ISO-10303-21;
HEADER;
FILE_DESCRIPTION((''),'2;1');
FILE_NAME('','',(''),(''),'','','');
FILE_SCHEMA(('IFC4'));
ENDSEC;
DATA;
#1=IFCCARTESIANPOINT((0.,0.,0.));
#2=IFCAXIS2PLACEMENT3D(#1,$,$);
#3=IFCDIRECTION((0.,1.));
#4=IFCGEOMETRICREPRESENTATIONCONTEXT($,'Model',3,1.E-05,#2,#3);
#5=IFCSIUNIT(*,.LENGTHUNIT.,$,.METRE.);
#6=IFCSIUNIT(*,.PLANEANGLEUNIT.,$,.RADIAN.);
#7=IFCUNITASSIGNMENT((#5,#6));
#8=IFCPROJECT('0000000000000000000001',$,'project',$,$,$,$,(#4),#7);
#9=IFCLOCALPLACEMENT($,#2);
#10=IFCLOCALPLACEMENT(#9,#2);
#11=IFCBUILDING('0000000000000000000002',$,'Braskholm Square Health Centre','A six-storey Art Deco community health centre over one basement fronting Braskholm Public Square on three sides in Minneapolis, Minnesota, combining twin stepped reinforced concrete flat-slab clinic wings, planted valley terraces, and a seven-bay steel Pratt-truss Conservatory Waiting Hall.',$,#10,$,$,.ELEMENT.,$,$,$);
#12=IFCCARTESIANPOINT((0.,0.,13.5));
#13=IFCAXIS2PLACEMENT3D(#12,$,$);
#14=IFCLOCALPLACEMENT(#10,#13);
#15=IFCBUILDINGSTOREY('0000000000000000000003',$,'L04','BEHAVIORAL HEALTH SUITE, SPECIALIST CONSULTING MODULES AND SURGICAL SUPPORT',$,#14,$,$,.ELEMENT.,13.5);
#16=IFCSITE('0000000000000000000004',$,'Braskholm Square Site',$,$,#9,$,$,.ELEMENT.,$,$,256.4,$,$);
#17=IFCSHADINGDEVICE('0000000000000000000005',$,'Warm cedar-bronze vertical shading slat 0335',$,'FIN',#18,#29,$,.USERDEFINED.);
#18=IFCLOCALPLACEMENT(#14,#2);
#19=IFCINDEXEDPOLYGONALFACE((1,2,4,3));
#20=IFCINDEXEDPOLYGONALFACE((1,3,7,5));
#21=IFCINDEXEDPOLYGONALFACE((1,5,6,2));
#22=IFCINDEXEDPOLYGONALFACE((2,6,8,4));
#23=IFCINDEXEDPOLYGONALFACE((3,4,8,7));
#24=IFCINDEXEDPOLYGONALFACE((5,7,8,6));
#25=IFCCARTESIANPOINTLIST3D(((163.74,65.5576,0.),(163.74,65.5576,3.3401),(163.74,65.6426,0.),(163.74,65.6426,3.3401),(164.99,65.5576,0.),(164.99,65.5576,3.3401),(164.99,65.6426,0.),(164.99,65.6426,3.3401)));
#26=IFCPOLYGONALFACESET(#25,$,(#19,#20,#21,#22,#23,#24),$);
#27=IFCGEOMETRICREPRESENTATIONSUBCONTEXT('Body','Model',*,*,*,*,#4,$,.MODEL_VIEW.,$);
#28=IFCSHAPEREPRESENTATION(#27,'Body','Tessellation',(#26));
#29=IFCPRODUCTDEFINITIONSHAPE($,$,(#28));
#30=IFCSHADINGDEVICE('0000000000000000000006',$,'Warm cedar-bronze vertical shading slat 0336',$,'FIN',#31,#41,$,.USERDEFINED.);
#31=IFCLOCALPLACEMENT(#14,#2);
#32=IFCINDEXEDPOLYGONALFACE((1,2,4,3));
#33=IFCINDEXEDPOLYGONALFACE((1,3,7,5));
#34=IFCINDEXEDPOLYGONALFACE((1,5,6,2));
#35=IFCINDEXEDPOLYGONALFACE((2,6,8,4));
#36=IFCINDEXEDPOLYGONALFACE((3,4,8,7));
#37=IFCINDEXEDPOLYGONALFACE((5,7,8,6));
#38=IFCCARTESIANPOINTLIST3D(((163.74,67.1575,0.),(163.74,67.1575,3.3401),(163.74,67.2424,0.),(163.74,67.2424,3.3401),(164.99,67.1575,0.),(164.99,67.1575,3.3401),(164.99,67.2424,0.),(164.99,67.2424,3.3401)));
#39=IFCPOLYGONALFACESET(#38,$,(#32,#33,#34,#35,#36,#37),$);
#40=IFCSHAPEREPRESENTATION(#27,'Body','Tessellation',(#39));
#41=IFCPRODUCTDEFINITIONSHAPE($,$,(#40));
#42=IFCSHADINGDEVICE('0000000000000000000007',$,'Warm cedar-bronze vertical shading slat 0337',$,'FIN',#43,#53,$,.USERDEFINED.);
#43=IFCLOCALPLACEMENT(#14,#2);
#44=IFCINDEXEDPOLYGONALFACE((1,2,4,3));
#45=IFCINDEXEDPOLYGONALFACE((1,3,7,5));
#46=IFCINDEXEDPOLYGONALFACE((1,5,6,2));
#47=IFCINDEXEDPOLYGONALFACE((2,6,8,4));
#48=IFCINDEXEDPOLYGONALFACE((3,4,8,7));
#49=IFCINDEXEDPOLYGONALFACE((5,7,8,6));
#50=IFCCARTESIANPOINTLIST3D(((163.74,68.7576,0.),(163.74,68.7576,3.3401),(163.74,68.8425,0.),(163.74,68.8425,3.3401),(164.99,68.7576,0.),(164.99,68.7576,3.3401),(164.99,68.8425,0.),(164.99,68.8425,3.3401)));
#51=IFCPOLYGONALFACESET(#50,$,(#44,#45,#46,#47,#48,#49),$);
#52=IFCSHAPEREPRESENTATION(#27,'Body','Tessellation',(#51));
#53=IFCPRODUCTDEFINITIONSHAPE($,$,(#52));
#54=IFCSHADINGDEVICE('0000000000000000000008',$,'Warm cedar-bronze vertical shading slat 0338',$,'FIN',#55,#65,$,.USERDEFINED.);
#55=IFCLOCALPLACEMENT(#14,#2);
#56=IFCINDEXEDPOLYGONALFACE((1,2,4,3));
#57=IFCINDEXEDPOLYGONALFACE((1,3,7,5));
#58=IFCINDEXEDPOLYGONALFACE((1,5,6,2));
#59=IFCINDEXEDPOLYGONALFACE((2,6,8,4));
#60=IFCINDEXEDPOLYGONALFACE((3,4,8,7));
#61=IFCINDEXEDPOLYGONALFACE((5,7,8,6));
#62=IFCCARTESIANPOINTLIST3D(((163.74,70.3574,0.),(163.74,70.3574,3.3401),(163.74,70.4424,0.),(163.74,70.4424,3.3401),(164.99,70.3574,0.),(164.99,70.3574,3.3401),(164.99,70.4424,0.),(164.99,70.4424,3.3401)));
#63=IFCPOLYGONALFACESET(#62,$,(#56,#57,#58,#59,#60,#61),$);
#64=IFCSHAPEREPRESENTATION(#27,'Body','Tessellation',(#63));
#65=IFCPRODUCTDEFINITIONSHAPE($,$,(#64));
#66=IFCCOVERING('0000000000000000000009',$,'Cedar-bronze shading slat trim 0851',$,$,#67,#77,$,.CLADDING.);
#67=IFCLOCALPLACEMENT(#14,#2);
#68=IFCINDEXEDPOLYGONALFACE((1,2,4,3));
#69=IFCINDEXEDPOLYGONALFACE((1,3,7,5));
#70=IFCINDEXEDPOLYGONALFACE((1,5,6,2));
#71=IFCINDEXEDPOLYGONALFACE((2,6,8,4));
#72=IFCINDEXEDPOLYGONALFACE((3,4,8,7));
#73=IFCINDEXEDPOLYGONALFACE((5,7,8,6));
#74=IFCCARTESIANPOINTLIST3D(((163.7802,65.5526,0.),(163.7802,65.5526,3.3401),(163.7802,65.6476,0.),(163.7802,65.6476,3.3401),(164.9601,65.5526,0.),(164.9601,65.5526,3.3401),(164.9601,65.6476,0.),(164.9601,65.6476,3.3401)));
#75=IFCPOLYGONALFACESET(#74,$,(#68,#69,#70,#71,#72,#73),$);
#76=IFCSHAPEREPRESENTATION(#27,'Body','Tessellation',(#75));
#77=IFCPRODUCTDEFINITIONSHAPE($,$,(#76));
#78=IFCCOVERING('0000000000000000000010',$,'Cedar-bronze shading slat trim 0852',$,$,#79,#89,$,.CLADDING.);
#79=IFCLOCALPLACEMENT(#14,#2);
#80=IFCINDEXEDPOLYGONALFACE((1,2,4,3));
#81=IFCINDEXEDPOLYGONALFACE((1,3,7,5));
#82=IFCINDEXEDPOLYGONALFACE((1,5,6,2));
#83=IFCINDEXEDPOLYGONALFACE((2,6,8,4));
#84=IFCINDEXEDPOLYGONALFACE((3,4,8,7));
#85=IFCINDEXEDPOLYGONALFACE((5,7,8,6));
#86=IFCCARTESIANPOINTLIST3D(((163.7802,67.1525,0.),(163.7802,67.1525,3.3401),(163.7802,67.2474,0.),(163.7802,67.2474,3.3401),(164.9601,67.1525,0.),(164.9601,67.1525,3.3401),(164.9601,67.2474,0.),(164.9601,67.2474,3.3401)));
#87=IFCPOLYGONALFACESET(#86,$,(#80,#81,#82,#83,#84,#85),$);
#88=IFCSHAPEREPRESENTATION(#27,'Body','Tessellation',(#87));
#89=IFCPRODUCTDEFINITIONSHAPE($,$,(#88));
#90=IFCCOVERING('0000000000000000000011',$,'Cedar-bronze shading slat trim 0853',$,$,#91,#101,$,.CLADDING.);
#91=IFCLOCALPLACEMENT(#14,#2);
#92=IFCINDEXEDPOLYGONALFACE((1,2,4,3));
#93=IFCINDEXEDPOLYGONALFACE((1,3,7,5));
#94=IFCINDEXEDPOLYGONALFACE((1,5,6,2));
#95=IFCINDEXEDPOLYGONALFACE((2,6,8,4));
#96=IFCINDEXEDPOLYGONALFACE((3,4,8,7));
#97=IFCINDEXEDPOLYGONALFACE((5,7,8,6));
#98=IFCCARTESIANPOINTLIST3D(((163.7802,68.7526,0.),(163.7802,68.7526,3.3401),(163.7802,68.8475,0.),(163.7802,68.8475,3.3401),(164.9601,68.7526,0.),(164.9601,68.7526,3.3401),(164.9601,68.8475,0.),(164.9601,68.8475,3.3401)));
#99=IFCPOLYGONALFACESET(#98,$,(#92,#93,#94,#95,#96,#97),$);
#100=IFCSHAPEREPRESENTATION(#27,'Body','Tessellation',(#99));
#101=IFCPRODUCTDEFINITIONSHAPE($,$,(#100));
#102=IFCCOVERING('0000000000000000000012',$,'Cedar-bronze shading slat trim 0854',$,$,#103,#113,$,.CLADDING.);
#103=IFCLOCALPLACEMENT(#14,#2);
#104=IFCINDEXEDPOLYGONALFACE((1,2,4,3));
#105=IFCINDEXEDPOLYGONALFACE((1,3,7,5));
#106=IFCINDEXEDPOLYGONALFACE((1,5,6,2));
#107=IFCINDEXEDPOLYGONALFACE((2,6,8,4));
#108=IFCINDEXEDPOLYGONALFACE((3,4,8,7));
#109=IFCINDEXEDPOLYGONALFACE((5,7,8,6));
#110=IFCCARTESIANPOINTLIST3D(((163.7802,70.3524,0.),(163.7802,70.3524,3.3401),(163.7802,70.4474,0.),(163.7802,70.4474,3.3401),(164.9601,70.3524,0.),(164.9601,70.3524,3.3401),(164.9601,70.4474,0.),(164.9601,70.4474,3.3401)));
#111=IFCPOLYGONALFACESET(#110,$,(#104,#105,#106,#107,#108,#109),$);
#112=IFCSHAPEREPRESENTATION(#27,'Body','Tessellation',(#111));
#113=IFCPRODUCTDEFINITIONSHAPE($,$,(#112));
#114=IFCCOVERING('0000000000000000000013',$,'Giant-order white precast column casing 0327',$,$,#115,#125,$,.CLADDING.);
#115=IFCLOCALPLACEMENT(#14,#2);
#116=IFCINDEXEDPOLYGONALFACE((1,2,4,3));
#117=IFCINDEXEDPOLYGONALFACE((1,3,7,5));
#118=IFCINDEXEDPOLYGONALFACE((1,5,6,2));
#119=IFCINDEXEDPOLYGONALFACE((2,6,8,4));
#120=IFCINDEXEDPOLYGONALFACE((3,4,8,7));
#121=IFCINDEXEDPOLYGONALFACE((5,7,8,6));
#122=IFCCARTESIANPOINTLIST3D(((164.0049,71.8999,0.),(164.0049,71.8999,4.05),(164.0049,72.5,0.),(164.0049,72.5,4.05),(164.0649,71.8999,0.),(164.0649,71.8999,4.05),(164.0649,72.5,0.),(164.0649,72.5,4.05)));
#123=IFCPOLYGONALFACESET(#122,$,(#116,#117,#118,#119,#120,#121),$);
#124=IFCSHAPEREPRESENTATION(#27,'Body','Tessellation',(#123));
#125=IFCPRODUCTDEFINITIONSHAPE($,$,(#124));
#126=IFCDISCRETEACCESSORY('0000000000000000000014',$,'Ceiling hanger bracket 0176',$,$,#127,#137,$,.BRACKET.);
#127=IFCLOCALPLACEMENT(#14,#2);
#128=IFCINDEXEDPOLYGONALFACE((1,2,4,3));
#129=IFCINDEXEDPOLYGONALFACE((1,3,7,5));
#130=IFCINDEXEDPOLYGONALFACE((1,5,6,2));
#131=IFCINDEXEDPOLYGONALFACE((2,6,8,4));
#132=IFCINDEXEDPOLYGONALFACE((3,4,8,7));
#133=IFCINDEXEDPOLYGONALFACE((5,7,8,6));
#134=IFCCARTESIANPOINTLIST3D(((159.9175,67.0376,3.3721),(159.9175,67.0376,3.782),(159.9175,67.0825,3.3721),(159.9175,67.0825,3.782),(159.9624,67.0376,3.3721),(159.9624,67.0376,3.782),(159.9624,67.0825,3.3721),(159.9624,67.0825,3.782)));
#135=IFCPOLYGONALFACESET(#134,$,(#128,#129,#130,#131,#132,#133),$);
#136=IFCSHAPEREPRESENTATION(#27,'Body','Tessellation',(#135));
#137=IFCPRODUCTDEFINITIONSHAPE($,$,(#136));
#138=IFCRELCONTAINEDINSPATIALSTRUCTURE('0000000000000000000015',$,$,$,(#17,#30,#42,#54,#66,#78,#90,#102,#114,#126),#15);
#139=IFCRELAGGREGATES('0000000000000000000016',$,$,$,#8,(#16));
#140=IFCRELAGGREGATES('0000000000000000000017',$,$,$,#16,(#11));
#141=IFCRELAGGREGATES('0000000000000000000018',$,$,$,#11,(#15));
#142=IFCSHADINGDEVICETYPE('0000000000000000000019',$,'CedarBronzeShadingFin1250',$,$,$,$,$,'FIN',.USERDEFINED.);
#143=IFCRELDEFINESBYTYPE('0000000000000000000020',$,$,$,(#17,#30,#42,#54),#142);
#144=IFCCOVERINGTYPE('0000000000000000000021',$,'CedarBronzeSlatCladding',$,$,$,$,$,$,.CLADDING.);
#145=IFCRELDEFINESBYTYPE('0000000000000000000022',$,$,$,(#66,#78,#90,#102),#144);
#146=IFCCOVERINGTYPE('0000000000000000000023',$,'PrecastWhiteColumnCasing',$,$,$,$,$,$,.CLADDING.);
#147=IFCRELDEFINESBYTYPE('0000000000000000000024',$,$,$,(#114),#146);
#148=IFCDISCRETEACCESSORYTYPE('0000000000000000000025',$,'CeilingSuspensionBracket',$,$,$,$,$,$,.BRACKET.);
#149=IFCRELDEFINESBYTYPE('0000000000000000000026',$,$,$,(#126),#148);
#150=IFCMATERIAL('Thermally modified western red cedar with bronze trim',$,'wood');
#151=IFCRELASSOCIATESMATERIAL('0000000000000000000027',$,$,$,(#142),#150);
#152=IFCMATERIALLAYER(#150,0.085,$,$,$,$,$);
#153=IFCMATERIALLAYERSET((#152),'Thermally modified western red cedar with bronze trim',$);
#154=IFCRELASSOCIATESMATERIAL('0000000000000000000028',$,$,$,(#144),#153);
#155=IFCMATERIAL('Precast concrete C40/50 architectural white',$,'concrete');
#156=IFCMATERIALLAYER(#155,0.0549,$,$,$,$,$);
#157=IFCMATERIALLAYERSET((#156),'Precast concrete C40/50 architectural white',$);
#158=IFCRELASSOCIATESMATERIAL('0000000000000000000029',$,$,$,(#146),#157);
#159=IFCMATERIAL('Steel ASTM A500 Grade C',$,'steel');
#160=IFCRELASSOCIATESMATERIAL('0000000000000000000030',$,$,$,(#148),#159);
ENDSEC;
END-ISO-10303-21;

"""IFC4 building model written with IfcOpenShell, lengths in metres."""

from ifc_helpers import new_model, si_unit, direction, frame, origin, origin_2d, place, context, subcontext, project, spatial, rectangle, extrude, material, layer, layer_set, type_object, element, save


model = new_model("IFC4")

# Units and contexts
model_context = context("Model", 3, precision=1e-05, world=origin(), true_north=direction((0.0, 1.0)))
body_context = subcontext(model_context, "Body", "Model", "MODEL_VIEW")
ifc_project = project(units=[si_unit("LENGTHUNIT", "METRE"), si_unit("PLANEANGLEUNIT", "RADIAN")], contexts=[model_context])

# Site, building, storey
site_placement = place(None, origin())
site = spatial("IfcSite", under=ifc_project, at=site_placement, Name="Braskholm Square Site", CompositionType="ELEMENT", RefElevation=256.4)
building_placement = place(site_placement, origin())
building = spatial("IfcBuilding", under=site, at=building_placement, Name="Braskholm Square Health Centre", Description="A six-storey Art Deco community health centre over one basement fronting Braskholm Public Square on three sides in Minneapolis, Minnesota, combining twin stepped reinforced concrete flat-slab clinic wings, planted valley terraces, and a seven-bay steel Pratt-truss Conservatory Waiting Hall.", CompositionType="ELEMENT")
storey_placement = place(building_placement, frame((0.0, 0.0, 13.5)))
storey = spatial("IfcBuildingStorey", under=building, at=storey_placement, Name="L04", Description="BEHAVIORAL HEALTH SUITE, SPECIALIST CONSULTING MODULES AND SURGICAL SUPPORT", CompositionType="ELEMENT", Elevation=13.5)

# Shared definitions
ifc_material_1 = material(Name="Precast concrete C40/50 architectural white", Category="concrete")

# Shading devices
ifc_material_2 = material(Name="Thermally modified western red cedar with bronze trim", Category="wood")
shading_device_type = type_object("IfcShadingDeviceType", Name="CedarBronzeShadingFin1250", ElementType="FIN", PredefinedType="USERDEFINED", material=ifc_material_2)
for number, where, z_axis, x_axis, name in (
    (1, (164.365, 65.6001, 0.0), (0.0, 0.0, 1.0), (1.0, 0.0, 0.0), "Warm cedar-bronze vertical shading slat 0335"),
    (2, (164.365, 67.2, 0.0), (0.0, 0.0, 1.0), (1.0, 0.0, 0.0), "Warm cedar-bronze vertical shading slat 0336"),
    (3, (164.365, 68.8, 0.0), (0.0, 0.0, 1.0), (1.0, 0.0, 0.0), "Warm cedar-bronze vertical shading slat 0337"),
    (4, (164.365, 70.3999, 0.0), (0.0, 0.0, 1.0), (1.0, 0.0, 0.0), "Warm cedar-bronze vertical shading slat 0338"),
):
    element("IfcShadingDevice", number, at=place(storey_placement, frame(where, z_axis=z_axis, x_axis=x_axis)), inside=storey, type_object=shading_device_type, Name=name, ObjectType="FIN", PredefinedType="USERDEFINED", context=body_context, shape_type="SweptSolid", body=[
        extrude(rectangle(XDim=1.25, YDim=0.085, at=origin_2d()), origin(), (0.0, 0.0, 1.0), 3.3401),
    ])

# Coverings
ifc_layer_1 = layer(ifc_material_2, 0.085)
ifc_layer_set_1 = layer_set([ifc_layer_1], Name="Thermally modified western red cedar with bronze trim")
covering_type_1 = type_object("IfcCoveringType", Name="CedarBronzeSlatCladding", PredefinedType="CLADDING", material=ifc_layer_set_1)
for number, where, z_axis, x_axis, name in (
    (5, (164.3701, 65.6001, 0.0), (0.0, 0.0, 1.0), (1.0, 0.0, 0.0), "Cedar-bronze shading slat trim 0851"),
    (6, (164.3701, 67.2, 0.0), (0.0, 0.0, 1.0), (1.0, 0.0, 0.0), "Cedar-bronze shading slat trim 0852"),
    (7, (164.3701, 68.8, 0.0), (0.0, 0.0, 1.0), (1.0, 0.0, 0.0), "Cedar-bronze shading slat trim 0853"),
    (8, (164.3701, 70.3999, 0.0), (0.0, 0.0, 1.0), (1.0, 0.0, 0.0), "Cedar-bronze shading slat trim 0854"),
):
    element("IfcCovering", number, at=place(storey_placement, frame(where, z_axis=z_axis, x_axis=x_axis)), inside=storey, type_object=covering_type_1, Name=name, PredefinedType="CLADDING", context=body_context, shape_type="SweptSolid", body=[
        extrude(rectangle(XDim=1.1799, YDim=0.095, at=origin_2d()), origin(), (0.0, 0.0, 1.0), 3.3401),
    ])
ifc_layer_2 = layer(ifc_material_1, 0.0549)
ifc_layer_set_2 = layer_set([ifc_layer_2], Name="Precast concrete C40/50 architectural white")
covering_type_2 = type_object("IfcCoveringType", Name="PrecastWhiteColumnCasing", PredefinedType="CLADDING", material=ifc_layer_set_2)
covering_placement = place(storey_placement, frame((164.0349, 72.2, 0.0), z_axis=(0.0, 0.0, 1.0), x_axis=(1.0, 0.0, 0.0)))
element("IfcCovering", 9, at=covering_placement, inside=storey, type_object=covering_type_2, Name="Giant-order white precast column casing 0327", PredefinedType="CLADDING", context=body_context, shape_type="SweptSolid", body=[
    extrude(rectangle(XDim=0.0601, YDim=0.6001, at=origin_2d()), origin(), (0.0, 0.0, 1.0), 4.05),
])

# Discrete accessory
ifc_material_3 = material(Name="Steel ASTM A500 Grade C", Category="steel")
discrete_accessory_type = type_object("IfcDiscreteAccessoryType", Name="CeilingSuspensionBracket", PredefinedType="BRACKET", material=ifc_material_3)
discrete_accessory_placement = place(storey_placement, frame((159.9399, 67.0601, 3.3721), z_axis=(0.0, 0.0, 1.0), x_axis=(1.0, 0.0, 0.0)))
element("IfcDiscreteAccessory", 10, at=discrete_accessory_placement, inside=storey, type_object=discrete_accessory_type, Name="Ceiling hanger bracket 0176", PredefinedType="BRACKET", context=body_context, shape_type="SweptSolid", body=[
    extrude(rectangle(XDim=0.0449, YDim=0.0449, at=origin_2d()), origin(), (0.0, 0.0, 1.0), 0.4099),
])

save(model, "model.ifc")
